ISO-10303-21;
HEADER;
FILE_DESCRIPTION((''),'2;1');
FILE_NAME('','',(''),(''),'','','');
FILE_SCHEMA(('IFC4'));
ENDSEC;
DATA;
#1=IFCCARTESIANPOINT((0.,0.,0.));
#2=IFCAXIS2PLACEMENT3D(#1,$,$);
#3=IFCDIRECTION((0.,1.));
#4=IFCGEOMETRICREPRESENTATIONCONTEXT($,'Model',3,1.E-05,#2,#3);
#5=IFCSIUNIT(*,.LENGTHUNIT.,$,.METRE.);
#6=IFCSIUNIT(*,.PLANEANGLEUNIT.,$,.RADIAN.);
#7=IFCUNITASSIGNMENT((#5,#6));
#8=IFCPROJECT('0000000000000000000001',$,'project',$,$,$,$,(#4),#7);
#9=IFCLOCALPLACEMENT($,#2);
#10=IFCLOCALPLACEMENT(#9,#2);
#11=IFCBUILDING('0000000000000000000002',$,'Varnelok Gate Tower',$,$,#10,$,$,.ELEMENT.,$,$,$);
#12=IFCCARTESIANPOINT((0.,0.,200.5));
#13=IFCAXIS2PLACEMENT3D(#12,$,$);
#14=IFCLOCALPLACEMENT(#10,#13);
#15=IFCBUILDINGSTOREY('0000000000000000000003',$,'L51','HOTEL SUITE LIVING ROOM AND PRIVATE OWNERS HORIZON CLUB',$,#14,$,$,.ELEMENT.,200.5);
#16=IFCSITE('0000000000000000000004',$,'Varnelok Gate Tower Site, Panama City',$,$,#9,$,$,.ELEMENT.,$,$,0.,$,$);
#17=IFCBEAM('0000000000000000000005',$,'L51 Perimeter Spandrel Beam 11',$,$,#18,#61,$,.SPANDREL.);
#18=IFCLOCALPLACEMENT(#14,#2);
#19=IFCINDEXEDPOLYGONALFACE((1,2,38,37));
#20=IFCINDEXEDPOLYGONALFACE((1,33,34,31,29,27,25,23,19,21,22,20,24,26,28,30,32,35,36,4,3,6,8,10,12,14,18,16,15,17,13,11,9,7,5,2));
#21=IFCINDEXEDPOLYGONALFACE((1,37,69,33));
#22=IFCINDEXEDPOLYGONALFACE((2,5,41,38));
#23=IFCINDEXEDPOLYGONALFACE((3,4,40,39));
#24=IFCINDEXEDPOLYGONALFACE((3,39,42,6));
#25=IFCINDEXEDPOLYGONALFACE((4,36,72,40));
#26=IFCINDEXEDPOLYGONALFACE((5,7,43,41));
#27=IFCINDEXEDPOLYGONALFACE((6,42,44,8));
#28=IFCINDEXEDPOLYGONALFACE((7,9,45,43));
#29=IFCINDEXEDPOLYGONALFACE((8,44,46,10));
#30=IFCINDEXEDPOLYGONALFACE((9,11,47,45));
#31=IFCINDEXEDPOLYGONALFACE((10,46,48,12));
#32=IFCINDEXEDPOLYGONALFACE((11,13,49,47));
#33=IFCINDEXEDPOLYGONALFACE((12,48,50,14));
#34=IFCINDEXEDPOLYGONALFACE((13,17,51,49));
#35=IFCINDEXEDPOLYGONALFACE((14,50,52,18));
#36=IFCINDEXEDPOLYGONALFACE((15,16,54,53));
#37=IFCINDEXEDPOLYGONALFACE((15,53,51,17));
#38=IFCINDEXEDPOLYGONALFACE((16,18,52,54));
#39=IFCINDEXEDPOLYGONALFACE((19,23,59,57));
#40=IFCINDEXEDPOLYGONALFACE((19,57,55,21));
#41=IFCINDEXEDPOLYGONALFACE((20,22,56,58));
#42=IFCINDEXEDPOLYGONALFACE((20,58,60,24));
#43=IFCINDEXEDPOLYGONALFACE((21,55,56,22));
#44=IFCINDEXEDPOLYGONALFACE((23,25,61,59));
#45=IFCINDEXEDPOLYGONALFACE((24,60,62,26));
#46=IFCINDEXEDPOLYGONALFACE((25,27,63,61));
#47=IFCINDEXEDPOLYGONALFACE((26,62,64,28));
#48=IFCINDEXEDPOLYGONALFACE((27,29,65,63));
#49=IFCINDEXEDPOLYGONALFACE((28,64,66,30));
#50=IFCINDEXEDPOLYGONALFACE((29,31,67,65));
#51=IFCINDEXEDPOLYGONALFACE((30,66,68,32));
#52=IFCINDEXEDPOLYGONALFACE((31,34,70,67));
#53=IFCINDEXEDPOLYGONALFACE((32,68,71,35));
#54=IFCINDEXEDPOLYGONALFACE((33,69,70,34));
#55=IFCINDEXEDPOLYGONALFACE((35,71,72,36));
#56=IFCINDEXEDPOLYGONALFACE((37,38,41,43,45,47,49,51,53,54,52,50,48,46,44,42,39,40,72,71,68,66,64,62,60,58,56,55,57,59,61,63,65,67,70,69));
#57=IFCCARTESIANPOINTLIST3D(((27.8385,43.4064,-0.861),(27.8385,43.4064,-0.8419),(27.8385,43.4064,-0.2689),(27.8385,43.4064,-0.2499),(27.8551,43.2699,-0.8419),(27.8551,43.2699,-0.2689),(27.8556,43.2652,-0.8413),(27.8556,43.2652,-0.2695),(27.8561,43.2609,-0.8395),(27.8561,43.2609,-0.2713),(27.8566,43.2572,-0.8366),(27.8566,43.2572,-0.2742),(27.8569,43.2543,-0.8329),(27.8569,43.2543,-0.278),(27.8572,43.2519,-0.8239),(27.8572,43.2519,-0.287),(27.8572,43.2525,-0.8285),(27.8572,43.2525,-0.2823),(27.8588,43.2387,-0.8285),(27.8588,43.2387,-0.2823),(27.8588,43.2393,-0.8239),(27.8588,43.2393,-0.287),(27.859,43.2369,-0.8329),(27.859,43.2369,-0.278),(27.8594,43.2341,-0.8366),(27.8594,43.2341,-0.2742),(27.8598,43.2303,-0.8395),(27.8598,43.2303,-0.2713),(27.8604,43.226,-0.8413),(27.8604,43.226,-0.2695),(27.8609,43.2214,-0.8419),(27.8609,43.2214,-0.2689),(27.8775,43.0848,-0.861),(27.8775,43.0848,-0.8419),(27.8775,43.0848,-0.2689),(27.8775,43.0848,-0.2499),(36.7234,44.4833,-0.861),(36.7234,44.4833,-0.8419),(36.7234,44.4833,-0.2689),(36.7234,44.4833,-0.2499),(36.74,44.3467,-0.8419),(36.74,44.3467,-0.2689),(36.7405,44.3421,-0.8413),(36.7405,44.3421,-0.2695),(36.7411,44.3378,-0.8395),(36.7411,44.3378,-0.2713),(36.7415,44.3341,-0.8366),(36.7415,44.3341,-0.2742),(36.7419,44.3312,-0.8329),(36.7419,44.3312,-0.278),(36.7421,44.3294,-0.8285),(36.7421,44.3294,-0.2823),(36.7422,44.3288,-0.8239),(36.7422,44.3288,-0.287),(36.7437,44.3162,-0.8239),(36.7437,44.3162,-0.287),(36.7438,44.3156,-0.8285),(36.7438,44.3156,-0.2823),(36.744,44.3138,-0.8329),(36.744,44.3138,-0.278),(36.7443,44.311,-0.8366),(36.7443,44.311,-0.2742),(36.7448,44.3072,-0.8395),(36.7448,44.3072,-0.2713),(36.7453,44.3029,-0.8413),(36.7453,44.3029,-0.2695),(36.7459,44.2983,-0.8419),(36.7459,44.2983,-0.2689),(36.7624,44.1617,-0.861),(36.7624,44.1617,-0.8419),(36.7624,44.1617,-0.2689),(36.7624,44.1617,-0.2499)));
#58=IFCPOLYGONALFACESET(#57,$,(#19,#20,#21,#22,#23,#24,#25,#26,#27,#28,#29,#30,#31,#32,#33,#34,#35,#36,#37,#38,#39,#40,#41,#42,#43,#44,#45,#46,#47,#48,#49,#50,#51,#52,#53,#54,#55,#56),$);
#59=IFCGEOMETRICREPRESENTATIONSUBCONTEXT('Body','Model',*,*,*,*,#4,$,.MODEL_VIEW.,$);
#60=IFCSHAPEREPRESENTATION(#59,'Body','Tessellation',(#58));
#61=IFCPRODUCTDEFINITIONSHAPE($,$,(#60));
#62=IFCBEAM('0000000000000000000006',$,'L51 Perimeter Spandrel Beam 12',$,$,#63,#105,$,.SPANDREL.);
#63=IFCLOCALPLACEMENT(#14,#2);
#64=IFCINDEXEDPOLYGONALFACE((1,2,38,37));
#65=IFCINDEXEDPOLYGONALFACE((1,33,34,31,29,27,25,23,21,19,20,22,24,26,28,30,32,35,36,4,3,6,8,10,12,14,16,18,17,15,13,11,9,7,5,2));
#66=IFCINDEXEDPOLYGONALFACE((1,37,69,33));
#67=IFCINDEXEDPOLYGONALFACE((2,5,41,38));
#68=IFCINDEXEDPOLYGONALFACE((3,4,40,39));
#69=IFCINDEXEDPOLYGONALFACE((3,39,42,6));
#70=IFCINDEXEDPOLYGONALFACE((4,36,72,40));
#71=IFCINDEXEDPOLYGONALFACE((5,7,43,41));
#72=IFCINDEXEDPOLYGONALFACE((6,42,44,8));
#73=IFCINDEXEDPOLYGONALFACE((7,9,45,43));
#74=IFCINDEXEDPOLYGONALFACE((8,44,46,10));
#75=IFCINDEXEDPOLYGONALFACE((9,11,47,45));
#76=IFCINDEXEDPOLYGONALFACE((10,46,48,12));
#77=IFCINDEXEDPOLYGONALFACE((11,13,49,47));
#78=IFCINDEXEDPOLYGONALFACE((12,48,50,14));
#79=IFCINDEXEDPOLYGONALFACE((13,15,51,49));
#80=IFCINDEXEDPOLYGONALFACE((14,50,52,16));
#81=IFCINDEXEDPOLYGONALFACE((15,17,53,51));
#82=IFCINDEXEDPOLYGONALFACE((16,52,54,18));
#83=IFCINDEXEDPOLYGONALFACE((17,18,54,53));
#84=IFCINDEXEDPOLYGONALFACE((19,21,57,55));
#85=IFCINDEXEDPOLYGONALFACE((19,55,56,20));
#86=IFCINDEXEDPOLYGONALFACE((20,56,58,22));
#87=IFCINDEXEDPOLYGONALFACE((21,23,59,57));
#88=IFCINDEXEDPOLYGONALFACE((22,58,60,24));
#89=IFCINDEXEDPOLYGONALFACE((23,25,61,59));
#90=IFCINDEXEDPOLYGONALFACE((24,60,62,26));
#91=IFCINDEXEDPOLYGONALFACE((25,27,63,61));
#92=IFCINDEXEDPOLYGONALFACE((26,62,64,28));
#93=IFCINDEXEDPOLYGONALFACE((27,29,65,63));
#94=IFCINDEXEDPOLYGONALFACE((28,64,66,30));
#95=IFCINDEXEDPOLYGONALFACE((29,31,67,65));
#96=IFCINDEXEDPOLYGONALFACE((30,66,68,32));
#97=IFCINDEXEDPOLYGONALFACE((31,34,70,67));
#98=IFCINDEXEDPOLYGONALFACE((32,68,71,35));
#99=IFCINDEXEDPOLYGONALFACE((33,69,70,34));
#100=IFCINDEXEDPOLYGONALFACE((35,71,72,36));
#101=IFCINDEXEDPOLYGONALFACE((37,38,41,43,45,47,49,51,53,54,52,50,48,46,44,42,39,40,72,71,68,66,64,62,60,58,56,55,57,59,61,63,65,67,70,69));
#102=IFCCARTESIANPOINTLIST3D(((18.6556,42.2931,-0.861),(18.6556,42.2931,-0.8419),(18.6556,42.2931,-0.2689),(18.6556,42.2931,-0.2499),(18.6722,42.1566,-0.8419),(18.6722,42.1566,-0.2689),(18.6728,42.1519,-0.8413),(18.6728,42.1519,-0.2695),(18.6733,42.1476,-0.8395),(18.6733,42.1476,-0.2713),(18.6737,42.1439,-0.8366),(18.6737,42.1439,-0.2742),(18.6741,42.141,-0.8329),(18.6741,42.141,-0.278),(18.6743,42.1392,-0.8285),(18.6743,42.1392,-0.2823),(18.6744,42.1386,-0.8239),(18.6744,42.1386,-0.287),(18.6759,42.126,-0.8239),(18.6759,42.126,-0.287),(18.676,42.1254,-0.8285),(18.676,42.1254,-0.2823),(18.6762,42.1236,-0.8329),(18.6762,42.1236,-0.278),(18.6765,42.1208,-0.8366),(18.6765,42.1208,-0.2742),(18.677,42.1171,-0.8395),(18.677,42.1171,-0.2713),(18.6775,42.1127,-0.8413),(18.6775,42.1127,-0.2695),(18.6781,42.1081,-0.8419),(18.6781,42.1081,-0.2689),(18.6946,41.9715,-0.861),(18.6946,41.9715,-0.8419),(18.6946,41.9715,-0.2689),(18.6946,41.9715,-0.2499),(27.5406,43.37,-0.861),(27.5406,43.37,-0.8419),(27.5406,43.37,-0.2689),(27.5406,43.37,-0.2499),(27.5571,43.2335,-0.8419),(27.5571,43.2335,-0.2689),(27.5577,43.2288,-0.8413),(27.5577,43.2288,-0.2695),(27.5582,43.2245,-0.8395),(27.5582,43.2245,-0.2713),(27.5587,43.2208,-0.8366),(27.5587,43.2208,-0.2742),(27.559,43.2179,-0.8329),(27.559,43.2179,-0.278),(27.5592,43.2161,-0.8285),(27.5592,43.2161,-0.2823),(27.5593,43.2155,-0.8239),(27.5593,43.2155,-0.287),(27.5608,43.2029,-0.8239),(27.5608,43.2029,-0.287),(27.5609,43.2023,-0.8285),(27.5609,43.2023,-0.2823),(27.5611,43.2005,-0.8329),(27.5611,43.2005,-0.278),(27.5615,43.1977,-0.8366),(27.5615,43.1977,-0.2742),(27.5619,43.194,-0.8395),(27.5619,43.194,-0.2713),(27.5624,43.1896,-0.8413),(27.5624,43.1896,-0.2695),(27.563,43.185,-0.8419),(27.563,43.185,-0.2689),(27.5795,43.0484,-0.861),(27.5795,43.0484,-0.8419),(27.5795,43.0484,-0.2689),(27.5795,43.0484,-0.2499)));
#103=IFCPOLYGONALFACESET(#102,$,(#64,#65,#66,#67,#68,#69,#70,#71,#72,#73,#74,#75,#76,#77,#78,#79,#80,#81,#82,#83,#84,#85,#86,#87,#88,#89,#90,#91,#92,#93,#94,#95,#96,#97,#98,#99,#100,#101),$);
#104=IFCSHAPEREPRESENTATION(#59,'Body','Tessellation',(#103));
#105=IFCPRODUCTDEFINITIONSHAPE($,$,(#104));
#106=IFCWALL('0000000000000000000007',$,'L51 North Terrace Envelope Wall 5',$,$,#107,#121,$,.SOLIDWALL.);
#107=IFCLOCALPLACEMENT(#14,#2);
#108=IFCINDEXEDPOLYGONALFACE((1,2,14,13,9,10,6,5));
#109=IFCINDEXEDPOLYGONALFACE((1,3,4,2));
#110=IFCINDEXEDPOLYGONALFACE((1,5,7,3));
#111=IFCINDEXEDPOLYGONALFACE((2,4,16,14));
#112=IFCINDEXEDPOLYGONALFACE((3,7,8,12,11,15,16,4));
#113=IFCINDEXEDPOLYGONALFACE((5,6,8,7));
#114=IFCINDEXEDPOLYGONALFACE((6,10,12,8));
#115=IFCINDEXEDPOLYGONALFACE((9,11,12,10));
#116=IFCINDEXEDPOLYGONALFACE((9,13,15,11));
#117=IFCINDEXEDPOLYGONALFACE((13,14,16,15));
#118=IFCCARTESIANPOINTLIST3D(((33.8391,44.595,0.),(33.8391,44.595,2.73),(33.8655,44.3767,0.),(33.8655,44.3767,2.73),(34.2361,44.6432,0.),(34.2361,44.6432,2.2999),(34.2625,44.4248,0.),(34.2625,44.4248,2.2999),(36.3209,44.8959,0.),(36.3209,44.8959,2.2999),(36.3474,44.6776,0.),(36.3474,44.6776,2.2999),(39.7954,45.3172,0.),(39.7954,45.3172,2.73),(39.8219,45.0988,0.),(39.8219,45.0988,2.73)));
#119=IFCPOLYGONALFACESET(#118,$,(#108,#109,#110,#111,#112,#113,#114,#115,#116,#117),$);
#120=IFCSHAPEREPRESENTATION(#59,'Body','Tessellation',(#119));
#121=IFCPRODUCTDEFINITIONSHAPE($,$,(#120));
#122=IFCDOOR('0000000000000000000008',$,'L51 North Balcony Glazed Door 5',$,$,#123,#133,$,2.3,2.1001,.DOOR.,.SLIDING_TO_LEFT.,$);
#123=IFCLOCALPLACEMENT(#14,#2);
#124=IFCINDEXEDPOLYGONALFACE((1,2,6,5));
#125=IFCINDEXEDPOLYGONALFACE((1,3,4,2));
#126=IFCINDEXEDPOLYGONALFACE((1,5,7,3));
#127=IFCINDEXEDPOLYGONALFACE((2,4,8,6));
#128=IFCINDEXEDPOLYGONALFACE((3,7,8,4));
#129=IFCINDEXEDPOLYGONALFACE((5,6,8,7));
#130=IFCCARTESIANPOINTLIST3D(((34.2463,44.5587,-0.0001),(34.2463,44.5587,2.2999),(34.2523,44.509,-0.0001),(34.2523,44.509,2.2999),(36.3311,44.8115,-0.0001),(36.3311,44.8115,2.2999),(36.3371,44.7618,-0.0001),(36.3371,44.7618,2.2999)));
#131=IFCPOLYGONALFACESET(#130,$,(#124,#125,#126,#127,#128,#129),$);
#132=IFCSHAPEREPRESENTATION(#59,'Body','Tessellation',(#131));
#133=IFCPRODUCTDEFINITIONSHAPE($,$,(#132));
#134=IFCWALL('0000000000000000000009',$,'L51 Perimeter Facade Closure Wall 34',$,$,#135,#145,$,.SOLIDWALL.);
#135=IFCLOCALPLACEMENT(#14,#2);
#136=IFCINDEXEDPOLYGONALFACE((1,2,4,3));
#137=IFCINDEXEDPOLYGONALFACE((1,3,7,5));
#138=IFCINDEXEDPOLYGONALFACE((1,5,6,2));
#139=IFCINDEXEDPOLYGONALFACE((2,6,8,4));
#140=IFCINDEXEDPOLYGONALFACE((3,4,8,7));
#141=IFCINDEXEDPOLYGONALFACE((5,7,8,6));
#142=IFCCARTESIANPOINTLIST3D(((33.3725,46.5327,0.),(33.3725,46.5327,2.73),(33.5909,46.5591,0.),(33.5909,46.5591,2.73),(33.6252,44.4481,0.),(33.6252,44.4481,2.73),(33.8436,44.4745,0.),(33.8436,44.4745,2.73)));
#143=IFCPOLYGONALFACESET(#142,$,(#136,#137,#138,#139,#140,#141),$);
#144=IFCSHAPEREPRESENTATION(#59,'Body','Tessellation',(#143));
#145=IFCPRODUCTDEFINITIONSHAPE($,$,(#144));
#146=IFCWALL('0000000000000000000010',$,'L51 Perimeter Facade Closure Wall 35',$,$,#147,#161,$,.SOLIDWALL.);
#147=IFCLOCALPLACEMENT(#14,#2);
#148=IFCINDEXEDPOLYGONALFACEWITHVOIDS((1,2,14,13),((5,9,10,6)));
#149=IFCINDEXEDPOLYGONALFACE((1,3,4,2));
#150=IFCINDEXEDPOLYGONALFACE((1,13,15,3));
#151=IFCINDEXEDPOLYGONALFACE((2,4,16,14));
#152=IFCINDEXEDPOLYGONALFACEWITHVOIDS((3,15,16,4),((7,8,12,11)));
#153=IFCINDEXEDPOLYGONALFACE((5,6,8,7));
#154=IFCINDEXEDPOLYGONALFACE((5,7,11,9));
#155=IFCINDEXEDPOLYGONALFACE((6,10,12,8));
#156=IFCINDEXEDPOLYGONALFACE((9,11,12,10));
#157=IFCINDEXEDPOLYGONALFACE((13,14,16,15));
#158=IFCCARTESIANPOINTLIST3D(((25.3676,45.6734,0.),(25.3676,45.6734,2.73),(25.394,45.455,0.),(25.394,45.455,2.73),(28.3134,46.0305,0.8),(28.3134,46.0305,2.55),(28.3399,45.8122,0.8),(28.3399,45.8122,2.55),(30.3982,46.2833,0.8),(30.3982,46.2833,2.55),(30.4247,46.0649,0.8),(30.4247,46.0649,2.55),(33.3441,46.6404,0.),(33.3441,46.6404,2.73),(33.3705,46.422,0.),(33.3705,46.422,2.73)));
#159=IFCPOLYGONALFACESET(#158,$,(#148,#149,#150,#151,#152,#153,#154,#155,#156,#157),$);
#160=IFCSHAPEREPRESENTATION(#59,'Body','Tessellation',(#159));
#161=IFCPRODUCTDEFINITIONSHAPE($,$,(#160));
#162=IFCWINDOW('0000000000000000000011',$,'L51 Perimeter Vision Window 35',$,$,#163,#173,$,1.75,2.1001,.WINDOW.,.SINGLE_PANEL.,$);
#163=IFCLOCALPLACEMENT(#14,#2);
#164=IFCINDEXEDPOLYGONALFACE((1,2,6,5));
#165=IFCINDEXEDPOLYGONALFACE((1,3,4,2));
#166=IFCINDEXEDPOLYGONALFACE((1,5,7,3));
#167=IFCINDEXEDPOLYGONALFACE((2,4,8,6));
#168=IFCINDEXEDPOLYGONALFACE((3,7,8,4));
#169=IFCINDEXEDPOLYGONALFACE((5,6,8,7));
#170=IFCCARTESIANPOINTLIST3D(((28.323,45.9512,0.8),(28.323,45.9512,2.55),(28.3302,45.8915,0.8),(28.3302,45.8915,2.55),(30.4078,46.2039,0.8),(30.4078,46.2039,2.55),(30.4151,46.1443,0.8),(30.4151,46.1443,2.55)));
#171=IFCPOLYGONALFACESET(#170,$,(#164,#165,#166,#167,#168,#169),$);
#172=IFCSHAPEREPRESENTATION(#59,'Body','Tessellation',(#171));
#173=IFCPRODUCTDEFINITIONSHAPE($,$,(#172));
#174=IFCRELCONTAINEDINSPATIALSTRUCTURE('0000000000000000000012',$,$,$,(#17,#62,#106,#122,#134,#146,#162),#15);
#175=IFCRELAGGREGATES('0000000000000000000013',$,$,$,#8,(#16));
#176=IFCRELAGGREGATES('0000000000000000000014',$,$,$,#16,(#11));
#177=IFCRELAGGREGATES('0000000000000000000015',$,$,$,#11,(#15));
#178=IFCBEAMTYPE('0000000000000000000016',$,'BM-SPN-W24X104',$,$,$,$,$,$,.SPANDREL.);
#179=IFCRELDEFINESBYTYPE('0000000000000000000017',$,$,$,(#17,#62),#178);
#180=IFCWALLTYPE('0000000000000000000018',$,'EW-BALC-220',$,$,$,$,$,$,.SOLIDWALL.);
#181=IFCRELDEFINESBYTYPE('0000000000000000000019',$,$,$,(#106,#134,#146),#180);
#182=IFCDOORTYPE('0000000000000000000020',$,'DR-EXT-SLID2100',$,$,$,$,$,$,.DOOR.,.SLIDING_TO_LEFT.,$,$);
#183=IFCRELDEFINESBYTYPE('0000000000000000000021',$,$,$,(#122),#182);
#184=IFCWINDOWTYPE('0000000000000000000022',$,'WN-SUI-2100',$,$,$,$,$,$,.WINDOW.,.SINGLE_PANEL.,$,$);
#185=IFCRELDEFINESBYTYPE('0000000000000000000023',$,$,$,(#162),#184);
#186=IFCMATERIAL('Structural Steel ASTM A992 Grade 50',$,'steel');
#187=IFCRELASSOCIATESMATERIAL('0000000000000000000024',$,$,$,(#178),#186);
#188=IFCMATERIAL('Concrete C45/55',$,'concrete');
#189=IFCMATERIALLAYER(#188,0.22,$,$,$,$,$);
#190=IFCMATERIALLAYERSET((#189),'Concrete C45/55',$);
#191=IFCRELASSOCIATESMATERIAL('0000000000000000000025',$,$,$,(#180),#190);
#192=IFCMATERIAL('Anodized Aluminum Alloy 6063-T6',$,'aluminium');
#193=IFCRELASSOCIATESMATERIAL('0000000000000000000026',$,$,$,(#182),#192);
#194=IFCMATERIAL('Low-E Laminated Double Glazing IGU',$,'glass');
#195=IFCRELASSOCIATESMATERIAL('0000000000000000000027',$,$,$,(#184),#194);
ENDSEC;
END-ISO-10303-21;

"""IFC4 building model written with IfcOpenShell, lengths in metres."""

from ifc_helpers import new_model, si_unit, direction, frame, frame_2d, origin, origin_2d, place, context, subcontext, project, spatial, rectangle, i_section, extrude, material, layer, layer_set, material_profile, profile_set, type_object, element, fill, save


model = new_model("IFC4")

# Units and contexts
model_context = context("Model", 3, precision=1e-05, world=origin(), true_north=direction((0.0, 1.0)))
body_context = subcontext(model_context, "Body", "Model", "MODEL_VIEW")
ifc_project = project(units=[si_unit("LENGTHUNIT", "METRE"), si_unit("PLANEANGLEUNIT", "RADIAN")], contexts=[model_context])

# Site, building, storey
site_placement = place(None, origin())
site = spatial("IfcSite", under=ifc_project, at=site_placement, Name="Varnelok Gate Tower Site, Panama City", CompositionType="ELEMENT", RefElevation=0.0)
building_placement = place(site_placement, origin())
building = spatial("IfcBuilding", under=site, at=building_placement, Name="Varnelok Gate Tower", CompositionType="ELEMENT")
storey_placement = place(building_placement, frame((0.0, 0.0, 200.5)))
storey = spatial("IfcBuildingStorey", under=building, at=storey_placement, Name="L51", Description="HOTEL SUITE LIVING ROOM AND PRIVATE OWNERS HORIZON CLUB", CompositionType="ELEMENT", Elevation=200.5)

# Shared definitions
ifc_material_1 = material(Name="Structural Steel ASTM A992 Grade 50", Category="steel")

# Beams
ifc_material_profile_1 = material_profile(ifc_material_1, i_section(OverallWidth=0.324, OverallDepth=0.6111, WebThickness=0.0127, FlangeThickness=0.019, FilletRadius=0.0181, at=origin_2d()), Name="W24X104")
ifc_profile_set_1 = profile_set([ifc_material_profile_1], Name="Structural Steel ASTM A992 Grade 50")
beam_type_1 = type_object("IfcBeamType", Name="BM-SPN-W24X104", PredefinedType="SPANDREL", material=ifc_profile_set_1)
for number, where, z_axis, x_axis, name in (
    (1, (36.7429, 44.3225, -0.5554), (-0.992735, -0.120324, 0.0), (0.120324, -0.992735, 0.0), "L51 Perimeter Spandrel Beam 11"),
    (2, (27.5601, 43.2092, -0.5554), (-0.992735, -0.120324, 0.0), (0.120324, -0.992735, 0.0), "L51 Perimeter Spandrel Beam 12"),
):
    element("IfcBeam", number, at=place(storey_placement, frame(where, z_axis=z_axis, x_axis=x_axis)), inside=storey, type_object=beam_type_1, Name=name, PredefinedType="SPANDREL", context=body_context, shape_type="SweptSolid", body=[
        extrude(i_section(OverallWidth=0.324, OverallDepth=0.6111, WebThickness=0.0127, FlangeThickness=0.019, FilletRadius=0.0181, at=origin_2d()), origin(), (0.0, 0.0, 1.0), 8.95),
    ])

# Wall, opening, door
ifc_material_2 = material(Name="Concrete C45/55", Category="concrete")
ifc_layer_1 = layer(ifc_material_2, 0.22)
ifc_layer_set_1 = layer_set([ifc_layer_1], Name="Concrete C45/55")
wall_type_1 = type_object("IfcWallType", Name="EW-BALC-220", PredefinedType="SOLIDWALL", material=ifc_layer_set_1)
wall_1_placement = place(storey_placement, frame((33.8523, 44.4858, 0.0), z_axis=(0.0, 0.0, 1.0), x_axis=(0.99273, 0.120363, 0.0)))
wall_1 = element("IfcWall", 3, at=wall_1_placement, inside=storey, type_object=wall_type_1, Name="L51 North Terrace Envelope Wall 5", PredefinedType="SOLIDWALL", context=body_context, shape_type="SweptSolid", body=[
    extrude(rectangle(XDim=6.0, YDim=0.22, at=frame_2d((3.0, 0.0))), origin(), (0.0, 0.0, 1.0), 2.73),
])
opening_1_placement = place(wall_1_placement, frame((0.3999, 0.0, 0.0)))
opening_1 = element("IfcOpeningElement", 4, at=opening_1_placement, cuts=wall_1, PredefinedType="OPENING", context=body_context, shape_type="SweptSolid", body=[
    extrude(rectangle(XDim=2.1001, YDim=2.3, at=frame_2d((1.05, 1.1499))), frame((0.0, 0.1199, 0.0), z_axis=(0.0, -1.0, 0.0), x_axis=(1.0, 0.0, 0.0)), (0.0, 0.0, 1.0), 0.24),
])
ifc_material_3 = material(Name="Anodized Aluminum Alloy 6063-T6", Category="aluminium")
door_type_1 = type_object("IfcDoorType", Name="DR-EXT-SLID2100", OperationType="SLIDING_TO_LEFT", PredefinedType="DOOR", material=ifc_material_3)
door_1_placement = place(opening_1_placement, origin())
door_1 = element("IfcDoor", 5, at=door_1_placement, inside=storey, type_object=door_type_1, Name="L51 North Balcony Glazed Door 5", OperationType="SLIDING_TO_LEFT", OverallHeight=2.3, OverallWidth=2.1001, PredefinedType="DOOR", context=body_context, shape_type="SweptSolid", body=[
    extrude(rectangle(XDim=2.1001, YDim=2.3, at=frame_2d((1.05, 1.1499))), frame((0.0, 0.0249, 0.0), z_axis=(0.0, -1.0, 0.0), x_axis=(1.0, 0.0, 0.0)), (0.0, 0.0, 1.0), 0.05),
])
fill(opening_1, door_1)

# Wall
wall_2_placement = place(storey_placement, frame((33.7344, 44.4614, 0.0), z_axis=(0.0, 0.0, 1.0), x_axis=(-0.120328, 0.992734, 0.0)))
element("IfcWall", 6, at=wall_2_placement, inside=storey, type_object=wall_type_1, Name="L51 Perimeter Facade Closure Wall 34", PredefinedType="SOLIDWALL", context=body_context, shape_type="SweptSolid", body=[
    extrude(rectangle(XDim=2.0999, YDim=0.22, at=frame_2d((1.0498, 0.0))), origin(), (0.0, 0.0, 1.0), 2.73),
])

# Wall, opening, window
wall_3_placement = place(storey_placement, frame((33.3574, 46.5312, 0.0), z_axis=(0.0, 0.0, 1.0), x_axis=(-0.992731, -0.120354, 0.0)))
wall_3 = element("IfcWall", 7, at=wall_3_placement, inside=storey, type_object=wall_type_1, Name="L51 Perimeter Facade Closure Wall 35", PredefinedType="SOLIDWALL", context=body_context, shape_type="SweptSolid", body=[
    extrude(rectangle(XDim=8.0349, YDim=0.22, at=frame_2d((4.0176, 0.0))), origin(), (0.0, 0.0, 1.0), 2.73),
])
opening_2_placement = place(wall_3_placement, frame((2.9675, 0.0, 0.8)))
opening_2 = element("IfcOpeningElement", 8, at=opening_2_placement, cuts=wall_3, PredefinedType="OPENING", context=body_context, shape_type="SweptSolid", body=[
    extrude(rectangle(XDim=2.1001, YDim=1.75, at=frame_2d((1.05, 0.875))), frame((0.0, 0.1199, 0.0), z_axis=(0.0, -1.0, 0.0), x_axis=(1.0, 0.0, 0.0)), (0.0, 0.0, 1.0), 0.24),
])
ifc_material_4 = material(Name="Low-E Laminated Double Glazing IGU", Category="glass")
window_type = type_object("IfcWindowType", Name="WN-SUI-2100", PartitioningType="SINGLE_PANEL", PredefinedType="WINDOW", material=ifc_material_4)
window_placement = place(opening_2_placement, origin())
window = element("IfcWindow", 9, at=window_placement, inside=storey, type_object=window_type, Name="L51 Perimeter Vision Window 35", OverallHeight=1.75, OverallWidth=2.1001, PartitioningType="SINGLE_PANEL", PredefinedType="WINDOW", context=body_context, shape_type="SweptSolid", body=[
    extrude(rectangle(XDim=2.1001, YDim=1.75, at=frame_2d((1.05, 0.875))), frame((0.0, 0.03, 0.0), z_axis=(0.0, -1.0, 0.0), x_axis=(1.0, 0.0, 0.0)), (0.0, 0.0, 1.0), 0.0601),
])
fill(opening_2, window)

save(model, "model.ifc")
